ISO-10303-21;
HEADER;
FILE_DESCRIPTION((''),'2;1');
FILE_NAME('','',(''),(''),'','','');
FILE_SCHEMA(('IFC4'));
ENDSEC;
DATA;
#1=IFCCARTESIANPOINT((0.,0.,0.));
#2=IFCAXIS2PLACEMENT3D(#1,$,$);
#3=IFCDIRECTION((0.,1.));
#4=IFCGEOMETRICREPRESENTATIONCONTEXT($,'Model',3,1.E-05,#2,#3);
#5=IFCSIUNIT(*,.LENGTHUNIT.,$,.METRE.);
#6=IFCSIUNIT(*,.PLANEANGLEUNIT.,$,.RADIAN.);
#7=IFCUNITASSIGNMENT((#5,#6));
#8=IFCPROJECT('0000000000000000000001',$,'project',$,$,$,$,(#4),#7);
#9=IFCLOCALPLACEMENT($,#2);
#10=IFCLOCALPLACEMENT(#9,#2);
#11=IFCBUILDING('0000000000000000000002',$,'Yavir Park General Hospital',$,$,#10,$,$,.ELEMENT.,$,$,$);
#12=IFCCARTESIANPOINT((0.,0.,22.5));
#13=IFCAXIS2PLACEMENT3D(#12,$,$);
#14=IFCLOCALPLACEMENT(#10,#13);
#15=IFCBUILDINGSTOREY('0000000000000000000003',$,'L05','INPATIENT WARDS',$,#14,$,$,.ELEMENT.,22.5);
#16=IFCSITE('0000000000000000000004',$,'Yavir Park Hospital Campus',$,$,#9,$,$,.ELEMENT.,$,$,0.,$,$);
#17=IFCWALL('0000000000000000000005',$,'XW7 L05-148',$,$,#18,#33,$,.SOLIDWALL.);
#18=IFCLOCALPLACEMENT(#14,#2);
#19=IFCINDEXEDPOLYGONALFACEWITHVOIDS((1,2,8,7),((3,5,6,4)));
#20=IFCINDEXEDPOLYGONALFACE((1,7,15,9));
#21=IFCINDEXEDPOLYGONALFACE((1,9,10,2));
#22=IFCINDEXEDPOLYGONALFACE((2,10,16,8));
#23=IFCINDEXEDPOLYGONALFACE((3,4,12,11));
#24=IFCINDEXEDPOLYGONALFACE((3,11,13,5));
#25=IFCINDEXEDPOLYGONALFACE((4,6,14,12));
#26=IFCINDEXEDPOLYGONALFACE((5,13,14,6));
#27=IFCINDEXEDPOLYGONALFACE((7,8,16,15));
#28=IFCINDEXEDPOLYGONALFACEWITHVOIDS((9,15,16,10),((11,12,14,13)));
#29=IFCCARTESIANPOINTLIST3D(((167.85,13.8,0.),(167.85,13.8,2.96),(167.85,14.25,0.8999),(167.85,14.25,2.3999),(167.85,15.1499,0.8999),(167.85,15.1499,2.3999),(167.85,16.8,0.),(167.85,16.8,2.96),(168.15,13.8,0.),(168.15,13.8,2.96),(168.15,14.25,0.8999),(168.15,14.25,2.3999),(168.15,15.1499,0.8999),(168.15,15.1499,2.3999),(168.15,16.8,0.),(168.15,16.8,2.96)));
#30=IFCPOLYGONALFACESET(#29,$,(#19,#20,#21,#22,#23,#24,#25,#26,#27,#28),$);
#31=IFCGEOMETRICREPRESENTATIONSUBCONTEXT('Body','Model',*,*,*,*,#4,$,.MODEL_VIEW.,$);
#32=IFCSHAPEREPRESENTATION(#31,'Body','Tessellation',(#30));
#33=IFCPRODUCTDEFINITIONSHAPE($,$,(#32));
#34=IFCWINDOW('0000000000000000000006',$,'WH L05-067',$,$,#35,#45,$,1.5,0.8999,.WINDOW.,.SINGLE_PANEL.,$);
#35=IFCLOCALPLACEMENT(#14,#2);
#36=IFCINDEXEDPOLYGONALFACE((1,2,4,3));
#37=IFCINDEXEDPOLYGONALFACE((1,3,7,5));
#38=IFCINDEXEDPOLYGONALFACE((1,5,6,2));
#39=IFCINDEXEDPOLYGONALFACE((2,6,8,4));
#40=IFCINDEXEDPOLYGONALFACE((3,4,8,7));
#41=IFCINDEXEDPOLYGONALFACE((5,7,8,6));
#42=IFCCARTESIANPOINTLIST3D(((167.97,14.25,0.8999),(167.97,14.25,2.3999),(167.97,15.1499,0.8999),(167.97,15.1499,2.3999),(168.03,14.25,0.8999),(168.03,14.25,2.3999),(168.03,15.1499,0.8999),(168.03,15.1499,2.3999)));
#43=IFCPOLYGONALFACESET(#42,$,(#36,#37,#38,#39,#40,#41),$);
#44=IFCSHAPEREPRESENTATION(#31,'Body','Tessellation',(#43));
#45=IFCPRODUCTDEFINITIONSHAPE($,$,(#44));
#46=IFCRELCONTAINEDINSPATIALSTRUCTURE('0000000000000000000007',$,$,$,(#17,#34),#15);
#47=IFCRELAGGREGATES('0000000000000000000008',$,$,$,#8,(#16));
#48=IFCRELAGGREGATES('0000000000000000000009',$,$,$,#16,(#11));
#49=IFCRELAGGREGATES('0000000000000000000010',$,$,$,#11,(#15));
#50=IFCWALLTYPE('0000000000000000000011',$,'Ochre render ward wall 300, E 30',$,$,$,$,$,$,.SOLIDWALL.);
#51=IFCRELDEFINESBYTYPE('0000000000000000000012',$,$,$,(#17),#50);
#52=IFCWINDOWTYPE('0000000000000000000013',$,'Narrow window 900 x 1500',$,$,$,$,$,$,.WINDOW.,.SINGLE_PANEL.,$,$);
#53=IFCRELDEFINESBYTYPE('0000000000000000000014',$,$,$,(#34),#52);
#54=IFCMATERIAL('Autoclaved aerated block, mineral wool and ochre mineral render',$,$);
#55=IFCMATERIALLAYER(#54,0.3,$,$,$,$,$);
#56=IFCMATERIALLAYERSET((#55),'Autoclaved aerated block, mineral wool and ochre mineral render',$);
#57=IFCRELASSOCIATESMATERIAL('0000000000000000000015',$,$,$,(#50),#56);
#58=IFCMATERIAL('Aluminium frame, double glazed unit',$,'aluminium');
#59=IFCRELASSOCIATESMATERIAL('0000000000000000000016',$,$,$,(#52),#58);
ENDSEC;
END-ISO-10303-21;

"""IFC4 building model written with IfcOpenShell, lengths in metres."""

from ifc_helpers import new_model, si_unit, direction, frame, frame_2d, origin, place, context, subcontext, project, spatial, rectangle, extrude, material, layer, layer_set, type_object, element, fill, save


model = new_model("IFC4")

# Units and contexts
model_context = context("Model", 3, precision=1e-05, world=origin(), true_north=direction((0.0, 1.0)))
body_context = subcontext(model_context, "Body", "Model", "MODEL_VIEW")
ifc_project = project(units=[si_unit("LENGTHUNIT", "METRE"), si_unit("PLANEANGLEUNIT", "RADIAN")], contexts=[model_context])

# Site, building, storey
site_placement = place(None, origin())
site = spatial("IfcSite", under=ifc_project, at=site_placement, Name="Yavir Park Hospital Campus", CompositionType="ELEMENT", RefElevation=0.0)
building_placement = place(site_placement, origin())
building = spatial("IfcBuilding", under=site, at=building_placement, Name="Yavir Park General Hospital", CompositionType="ELEMENT")
storey_placement = place(building_placement, frame((0.0, 0.0, 22.5)))
storey = spatial("IfcBuildingStorey", under=building, at=storey_placement, Name="L05", Description="INPATIENT WARDS", CompositionType="ELEMENT", Elevation=22.5)

# Shared definitions
ifc_material_1 = material(Name="Autoclaved aerated block, mineral wool and ochre mineral render")
ifc_layer_1 = layer(ifc_material_1, 0.3)
ifc_layer_set_1 = layer_set([ifc_layer_1], Name="Autoclaved aerated block, mineral wool and ochre mineral render")
wall_type_1 = type_object("IfcWallType", Name="Ochre render ward wall 300, E 30", PredefinedType="SOLIDWALL", material=ifc_layer_set_1)
ifc_material_2 = material(Name="Aluminium frame, double glazed unit", Category="aluminium")
window_type = type_object("IfcWindowType", Name="Narrow window 900 x 1500", PartitioningType="SINGLE_PANEL", PredefinedType="WINDOW", material=ifc_material_2)

# Wall, opening, window
wall_1_placement = place(storey_placement, frame((168.0, 13.8, 0.0), z_axis=(0.0, 0.0, 1.0), x_axis=(0.0, 1.0, 0.0)))
wall_1 = element("IfcWall", 1, at=wall_1_placement, inside=storey, type_object=wall_type_1, Name="XW7 L05-148", PredefinedType="SOLIDWALL", context=body_context, shape_type="SweptSolid", body=[
    extrude(rectangle(XDim=3.0, YDim=0.3, at=frame_2d((1.5, 0.0))), origin(), (0.0, 0.0, 1.0), 2.96),
])
opening_1_placement = place(wall_1_placement, frame((0.45, 0.0, 0.8999)))
opening_1 = element("IfcOpeningElement", 2, at=opening_1_placement, cuts=wall_1, PredefinedType="OPENING", context=body_context, shape_type="SweptSolid", body=[
    extrude(rectangle(XDim=0.8999, YDim=1.5, at=frame_2d((0.45, 0.75))), frame((0.0, 0.1599, 0.0), z_axis=(0.0, -1.0, 0.0), x_axis=(1.0, 0.0, 0.0)), (0.0, 0.0, 1.0), 0.3201),
])
window_1_placement = place(opening_1_placement, origin())
window_1 = element("IfcWindow", 3, at=window_1_placement, inside=storey, type_object=window_type, Name="WH L05-067", OverallHeight=1.5, OverallWidth=0.8999, PartitioningType="SINGLE_PANEL", PredefinedType="WINDOW", context=body_context, shape_type="SweptSolid", body=[
    extrude(rectangle(XDim=0.8999, YDim=1.5, at=frame_2d((0.45, 0.75))), frame((0.0, 0.03, 0.0), z_axis=(0.0, -1.0, 0.0), x_axis=(1.0, 0.0, 0.0)), (0.0, 0.0, 1.0), 0.0601),
])
fill(opening_1, window_1)

save(model, "model.ifc")
